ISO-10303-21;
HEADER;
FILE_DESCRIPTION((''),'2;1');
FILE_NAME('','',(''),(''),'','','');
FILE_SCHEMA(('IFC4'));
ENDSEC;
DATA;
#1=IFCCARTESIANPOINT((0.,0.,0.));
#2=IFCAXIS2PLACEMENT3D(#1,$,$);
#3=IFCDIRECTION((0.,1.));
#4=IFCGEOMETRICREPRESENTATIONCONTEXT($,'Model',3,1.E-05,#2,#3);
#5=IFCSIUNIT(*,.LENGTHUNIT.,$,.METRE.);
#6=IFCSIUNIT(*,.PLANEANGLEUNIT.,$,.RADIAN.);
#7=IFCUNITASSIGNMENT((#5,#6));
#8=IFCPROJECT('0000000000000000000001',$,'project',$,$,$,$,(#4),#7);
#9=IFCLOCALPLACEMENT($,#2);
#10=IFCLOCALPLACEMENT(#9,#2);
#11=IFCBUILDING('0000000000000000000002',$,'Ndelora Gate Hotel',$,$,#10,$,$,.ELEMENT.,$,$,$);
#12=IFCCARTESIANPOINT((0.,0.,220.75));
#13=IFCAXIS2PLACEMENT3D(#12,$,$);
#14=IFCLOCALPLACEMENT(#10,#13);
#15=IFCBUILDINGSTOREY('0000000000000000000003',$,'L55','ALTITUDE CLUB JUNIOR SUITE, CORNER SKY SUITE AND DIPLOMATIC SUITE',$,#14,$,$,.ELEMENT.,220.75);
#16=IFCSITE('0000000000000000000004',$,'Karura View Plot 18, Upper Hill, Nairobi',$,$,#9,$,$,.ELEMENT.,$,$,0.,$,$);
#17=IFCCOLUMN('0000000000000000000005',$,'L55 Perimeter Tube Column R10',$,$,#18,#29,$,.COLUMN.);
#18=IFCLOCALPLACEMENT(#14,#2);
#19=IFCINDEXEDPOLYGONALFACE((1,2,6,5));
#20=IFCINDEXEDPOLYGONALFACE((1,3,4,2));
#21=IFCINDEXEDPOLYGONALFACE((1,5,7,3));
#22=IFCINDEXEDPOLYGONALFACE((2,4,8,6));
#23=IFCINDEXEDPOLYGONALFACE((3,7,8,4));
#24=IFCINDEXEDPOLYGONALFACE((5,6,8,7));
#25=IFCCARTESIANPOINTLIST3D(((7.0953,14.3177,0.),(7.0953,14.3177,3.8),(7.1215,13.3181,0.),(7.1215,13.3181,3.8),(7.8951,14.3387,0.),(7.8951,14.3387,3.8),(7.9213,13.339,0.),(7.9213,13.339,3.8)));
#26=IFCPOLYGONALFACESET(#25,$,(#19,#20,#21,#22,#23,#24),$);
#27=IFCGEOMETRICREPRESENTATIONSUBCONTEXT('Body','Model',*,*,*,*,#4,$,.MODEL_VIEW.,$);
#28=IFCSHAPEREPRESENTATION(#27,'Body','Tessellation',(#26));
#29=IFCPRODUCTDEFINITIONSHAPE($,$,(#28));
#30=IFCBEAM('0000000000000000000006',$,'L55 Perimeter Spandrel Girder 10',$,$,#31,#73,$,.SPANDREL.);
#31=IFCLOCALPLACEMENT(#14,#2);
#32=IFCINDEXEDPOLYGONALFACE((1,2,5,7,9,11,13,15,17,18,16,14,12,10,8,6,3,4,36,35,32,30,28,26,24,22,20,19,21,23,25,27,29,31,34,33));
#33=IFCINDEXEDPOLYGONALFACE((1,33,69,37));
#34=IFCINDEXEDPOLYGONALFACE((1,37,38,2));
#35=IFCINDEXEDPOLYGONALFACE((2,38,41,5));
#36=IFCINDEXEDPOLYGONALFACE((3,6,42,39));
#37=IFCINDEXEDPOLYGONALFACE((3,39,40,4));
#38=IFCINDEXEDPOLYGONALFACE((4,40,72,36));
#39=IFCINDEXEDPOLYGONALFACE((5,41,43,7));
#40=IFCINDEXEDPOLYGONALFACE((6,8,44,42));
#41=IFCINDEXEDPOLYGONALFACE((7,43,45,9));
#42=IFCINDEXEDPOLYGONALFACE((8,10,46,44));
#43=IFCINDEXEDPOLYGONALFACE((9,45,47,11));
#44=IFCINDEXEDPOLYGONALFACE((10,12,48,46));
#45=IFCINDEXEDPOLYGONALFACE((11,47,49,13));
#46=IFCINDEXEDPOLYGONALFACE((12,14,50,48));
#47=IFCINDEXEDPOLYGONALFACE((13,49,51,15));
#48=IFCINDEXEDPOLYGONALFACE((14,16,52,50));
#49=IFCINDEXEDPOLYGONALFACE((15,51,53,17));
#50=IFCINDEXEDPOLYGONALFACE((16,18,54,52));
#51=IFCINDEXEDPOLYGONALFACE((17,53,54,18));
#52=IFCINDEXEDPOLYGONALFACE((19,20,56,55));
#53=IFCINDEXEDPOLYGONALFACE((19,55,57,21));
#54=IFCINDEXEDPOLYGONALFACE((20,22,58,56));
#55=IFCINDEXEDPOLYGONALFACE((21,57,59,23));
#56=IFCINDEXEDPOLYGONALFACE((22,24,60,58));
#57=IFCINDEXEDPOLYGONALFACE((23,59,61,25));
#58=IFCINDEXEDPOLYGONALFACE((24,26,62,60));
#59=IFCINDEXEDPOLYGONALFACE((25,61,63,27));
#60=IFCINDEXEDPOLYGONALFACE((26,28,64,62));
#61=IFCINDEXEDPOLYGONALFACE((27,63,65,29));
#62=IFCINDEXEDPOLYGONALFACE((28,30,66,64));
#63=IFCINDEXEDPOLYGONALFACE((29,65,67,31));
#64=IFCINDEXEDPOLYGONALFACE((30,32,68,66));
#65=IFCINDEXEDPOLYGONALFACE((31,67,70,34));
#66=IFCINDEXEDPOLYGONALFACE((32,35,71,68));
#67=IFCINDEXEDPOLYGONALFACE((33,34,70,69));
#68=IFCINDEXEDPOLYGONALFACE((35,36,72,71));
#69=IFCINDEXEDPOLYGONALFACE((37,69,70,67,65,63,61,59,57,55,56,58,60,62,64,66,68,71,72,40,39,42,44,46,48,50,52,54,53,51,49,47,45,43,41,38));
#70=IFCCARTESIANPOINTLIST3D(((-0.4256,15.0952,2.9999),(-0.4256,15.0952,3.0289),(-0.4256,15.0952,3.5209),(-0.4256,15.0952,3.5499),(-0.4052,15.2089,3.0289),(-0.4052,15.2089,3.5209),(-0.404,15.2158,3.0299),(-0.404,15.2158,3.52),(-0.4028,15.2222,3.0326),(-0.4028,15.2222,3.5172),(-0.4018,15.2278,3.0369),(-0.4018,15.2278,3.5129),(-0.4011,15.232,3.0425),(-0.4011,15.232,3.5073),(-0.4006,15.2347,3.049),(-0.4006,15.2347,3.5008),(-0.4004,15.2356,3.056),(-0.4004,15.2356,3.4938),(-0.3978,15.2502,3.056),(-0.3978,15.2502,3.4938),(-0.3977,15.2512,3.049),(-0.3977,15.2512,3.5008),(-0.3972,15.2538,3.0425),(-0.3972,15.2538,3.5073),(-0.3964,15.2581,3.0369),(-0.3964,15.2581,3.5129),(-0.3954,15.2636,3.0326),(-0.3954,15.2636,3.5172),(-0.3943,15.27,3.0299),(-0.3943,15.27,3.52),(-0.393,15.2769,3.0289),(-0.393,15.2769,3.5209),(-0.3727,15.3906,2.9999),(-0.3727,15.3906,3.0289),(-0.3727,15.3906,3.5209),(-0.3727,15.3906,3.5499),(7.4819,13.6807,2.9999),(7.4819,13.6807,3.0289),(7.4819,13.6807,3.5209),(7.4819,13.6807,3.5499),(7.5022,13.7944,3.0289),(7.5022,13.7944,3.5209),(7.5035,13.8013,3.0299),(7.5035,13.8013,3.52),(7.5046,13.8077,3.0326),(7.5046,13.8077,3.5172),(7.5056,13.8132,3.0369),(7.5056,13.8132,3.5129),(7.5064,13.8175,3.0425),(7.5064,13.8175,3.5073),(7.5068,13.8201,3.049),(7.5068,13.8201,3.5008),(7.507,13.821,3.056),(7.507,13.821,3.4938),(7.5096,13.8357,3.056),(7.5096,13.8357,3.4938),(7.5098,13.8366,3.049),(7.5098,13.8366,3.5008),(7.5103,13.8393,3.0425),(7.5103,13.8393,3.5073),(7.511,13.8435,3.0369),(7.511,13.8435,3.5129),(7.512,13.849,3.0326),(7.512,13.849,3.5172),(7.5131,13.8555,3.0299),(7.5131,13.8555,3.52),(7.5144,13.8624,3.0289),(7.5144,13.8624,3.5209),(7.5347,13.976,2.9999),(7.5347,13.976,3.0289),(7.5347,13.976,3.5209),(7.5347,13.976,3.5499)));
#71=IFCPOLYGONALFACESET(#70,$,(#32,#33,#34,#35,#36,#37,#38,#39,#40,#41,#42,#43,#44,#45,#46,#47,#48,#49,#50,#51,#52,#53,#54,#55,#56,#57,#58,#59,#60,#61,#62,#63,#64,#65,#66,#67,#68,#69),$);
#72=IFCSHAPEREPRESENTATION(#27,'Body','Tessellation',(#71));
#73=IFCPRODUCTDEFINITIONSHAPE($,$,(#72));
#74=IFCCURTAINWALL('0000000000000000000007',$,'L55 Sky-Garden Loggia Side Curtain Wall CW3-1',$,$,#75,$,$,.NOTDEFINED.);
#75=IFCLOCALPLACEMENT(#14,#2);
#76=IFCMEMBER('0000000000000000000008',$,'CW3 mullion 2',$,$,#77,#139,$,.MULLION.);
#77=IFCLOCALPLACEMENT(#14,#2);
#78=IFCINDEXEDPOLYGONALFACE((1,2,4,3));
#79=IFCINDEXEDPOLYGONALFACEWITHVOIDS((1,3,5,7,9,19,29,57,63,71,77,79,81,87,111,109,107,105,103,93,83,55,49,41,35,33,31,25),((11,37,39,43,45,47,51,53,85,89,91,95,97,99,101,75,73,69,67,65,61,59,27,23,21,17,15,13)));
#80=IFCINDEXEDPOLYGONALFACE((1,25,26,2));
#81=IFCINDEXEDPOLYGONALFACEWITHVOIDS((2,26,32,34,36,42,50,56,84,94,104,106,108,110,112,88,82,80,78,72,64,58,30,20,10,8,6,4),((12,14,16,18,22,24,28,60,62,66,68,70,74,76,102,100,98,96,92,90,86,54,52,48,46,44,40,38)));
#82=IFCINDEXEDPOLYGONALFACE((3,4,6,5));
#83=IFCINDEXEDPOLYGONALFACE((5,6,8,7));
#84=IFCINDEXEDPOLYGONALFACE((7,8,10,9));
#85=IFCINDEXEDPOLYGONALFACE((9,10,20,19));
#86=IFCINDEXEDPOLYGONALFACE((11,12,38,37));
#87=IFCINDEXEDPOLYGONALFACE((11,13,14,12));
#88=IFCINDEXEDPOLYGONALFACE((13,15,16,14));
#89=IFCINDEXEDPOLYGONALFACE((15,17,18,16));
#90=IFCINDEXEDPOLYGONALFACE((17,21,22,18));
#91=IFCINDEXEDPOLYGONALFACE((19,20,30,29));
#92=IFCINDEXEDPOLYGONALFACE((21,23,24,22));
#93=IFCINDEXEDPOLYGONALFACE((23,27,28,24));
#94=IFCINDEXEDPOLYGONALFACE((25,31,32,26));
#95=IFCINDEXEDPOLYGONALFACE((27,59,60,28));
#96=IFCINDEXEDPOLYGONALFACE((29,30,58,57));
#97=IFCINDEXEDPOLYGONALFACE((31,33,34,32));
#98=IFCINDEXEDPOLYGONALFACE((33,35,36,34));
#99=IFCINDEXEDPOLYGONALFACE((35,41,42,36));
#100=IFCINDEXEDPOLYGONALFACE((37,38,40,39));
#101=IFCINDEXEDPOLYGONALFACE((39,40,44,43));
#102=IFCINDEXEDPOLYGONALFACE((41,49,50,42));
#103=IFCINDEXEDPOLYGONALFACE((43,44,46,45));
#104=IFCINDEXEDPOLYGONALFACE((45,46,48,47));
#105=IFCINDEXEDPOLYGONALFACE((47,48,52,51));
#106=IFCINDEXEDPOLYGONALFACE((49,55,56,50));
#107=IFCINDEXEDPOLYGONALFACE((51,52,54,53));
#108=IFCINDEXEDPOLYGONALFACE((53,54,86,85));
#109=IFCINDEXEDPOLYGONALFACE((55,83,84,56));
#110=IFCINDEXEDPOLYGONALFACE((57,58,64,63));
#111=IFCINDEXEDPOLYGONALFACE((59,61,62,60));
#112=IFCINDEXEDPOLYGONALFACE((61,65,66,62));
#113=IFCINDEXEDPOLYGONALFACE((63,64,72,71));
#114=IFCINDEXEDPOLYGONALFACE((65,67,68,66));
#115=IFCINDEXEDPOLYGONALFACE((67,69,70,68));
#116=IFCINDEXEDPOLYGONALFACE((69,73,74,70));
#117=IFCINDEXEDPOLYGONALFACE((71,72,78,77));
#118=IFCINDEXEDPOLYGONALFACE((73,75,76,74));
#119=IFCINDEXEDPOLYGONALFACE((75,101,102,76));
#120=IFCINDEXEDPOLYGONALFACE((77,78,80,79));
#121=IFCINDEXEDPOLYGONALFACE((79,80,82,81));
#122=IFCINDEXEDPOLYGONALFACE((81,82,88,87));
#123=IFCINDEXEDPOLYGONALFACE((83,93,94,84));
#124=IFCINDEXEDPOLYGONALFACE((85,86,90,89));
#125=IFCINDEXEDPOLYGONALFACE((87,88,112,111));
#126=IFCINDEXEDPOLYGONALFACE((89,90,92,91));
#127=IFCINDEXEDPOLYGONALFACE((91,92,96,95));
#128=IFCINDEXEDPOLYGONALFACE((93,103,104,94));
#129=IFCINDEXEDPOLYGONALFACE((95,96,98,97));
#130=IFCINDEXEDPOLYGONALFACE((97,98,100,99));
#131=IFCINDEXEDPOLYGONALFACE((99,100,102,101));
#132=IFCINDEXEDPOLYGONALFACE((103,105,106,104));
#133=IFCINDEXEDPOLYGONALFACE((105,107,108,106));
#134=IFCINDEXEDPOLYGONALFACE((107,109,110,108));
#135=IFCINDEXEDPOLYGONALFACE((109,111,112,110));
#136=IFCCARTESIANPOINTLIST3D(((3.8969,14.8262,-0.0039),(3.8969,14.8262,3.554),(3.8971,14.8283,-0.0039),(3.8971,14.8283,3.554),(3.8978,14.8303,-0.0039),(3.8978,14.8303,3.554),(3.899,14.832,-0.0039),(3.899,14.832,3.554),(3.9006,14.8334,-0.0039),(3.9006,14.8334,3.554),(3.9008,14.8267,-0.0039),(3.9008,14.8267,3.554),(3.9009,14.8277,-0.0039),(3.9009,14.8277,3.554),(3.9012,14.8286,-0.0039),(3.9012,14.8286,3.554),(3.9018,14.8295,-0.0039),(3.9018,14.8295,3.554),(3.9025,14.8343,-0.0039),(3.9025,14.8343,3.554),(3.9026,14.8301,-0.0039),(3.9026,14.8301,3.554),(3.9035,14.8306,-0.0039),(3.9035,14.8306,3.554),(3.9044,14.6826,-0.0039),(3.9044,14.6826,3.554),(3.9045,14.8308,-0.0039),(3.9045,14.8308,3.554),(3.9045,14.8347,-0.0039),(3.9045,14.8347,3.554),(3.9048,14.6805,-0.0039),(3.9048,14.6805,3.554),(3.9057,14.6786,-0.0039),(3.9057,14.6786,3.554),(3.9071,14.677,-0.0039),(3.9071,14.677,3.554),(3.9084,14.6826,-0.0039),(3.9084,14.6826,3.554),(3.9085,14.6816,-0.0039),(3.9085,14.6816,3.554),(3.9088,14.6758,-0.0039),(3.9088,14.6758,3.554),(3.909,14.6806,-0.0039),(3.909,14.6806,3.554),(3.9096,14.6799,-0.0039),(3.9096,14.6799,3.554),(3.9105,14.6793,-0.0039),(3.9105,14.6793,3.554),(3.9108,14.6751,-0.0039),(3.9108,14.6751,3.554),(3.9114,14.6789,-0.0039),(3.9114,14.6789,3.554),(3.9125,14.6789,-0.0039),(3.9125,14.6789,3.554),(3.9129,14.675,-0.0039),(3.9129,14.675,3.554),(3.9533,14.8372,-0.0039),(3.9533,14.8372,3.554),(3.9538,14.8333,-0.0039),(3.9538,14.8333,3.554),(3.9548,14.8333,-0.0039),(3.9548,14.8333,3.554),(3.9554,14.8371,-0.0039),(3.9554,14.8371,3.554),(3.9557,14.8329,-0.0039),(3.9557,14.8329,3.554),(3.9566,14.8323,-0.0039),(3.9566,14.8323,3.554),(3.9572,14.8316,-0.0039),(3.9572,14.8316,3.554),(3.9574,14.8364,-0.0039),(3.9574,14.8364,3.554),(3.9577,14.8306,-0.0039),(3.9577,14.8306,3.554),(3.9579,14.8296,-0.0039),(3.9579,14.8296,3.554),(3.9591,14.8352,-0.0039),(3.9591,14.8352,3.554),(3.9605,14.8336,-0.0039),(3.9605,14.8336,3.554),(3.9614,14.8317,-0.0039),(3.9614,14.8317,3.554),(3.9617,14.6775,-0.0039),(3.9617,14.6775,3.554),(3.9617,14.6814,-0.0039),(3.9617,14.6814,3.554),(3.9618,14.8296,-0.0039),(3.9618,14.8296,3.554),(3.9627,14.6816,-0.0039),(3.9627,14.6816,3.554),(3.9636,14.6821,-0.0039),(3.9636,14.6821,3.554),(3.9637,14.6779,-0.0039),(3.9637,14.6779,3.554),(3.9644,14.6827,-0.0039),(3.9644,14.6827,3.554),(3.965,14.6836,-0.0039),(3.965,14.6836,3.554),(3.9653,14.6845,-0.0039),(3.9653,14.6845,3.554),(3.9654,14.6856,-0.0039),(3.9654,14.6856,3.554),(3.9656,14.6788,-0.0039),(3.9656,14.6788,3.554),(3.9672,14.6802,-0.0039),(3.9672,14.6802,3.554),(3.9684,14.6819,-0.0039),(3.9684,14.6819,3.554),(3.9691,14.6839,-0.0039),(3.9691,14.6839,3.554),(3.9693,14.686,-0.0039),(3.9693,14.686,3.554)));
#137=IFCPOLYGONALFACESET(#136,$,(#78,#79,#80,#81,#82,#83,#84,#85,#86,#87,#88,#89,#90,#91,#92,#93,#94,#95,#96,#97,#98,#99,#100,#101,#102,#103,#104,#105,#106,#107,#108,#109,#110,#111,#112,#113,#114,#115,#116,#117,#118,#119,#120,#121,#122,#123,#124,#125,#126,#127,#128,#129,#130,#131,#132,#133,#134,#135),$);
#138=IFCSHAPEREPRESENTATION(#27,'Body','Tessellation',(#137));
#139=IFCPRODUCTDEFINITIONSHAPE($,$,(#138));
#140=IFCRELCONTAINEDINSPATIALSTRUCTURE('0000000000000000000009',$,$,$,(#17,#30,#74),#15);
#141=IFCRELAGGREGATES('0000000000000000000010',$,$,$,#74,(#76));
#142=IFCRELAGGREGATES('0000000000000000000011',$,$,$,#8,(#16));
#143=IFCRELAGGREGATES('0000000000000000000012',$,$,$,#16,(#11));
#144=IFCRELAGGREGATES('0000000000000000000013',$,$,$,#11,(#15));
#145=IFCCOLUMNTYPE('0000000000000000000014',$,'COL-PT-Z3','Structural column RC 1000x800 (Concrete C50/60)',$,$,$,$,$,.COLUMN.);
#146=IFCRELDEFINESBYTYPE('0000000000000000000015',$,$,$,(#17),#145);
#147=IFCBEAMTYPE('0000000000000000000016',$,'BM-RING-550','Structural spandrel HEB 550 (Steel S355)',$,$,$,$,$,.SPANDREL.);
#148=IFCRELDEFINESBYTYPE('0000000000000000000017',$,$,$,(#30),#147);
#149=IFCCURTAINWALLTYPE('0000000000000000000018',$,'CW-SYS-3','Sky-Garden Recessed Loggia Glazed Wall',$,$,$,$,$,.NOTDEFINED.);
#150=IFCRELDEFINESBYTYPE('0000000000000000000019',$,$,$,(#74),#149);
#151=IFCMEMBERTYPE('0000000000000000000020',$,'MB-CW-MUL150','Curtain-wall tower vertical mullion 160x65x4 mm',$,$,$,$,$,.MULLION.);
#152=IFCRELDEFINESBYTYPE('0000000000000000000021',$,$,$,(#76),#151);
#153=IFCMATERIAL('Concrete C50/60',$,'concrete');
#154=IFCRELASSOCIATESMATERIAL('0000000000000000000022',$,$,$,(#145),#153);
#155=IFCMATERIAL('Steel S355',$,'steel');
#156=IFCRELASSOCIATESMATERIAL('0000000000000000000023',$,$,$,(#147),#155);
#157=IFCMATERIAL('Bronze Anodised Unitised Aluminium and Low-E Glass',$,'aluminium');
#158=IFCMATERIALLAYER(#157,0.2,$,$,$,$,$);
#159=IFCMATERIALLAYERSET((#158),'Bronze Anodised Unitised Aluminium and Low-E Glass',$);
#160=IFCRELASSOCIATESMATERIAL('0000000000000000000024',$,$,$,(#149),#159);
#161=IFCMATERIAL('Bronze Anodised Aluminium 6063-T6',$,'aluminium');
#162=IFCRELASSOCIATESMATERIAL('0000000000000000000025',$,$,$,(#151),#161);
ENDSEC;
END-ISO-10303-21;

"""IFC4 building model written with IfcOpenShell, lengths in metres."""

from ifc_helpers import new_model, si_unit, direction, frame, origin, origin_2d, place, context, subcontext, project, spatial, rectangle, hollow_rectangle, i_section, extrude, material, layer, layer_set, material_profile, profile_set, type_object, element, aggregate, save


model = new_model("IFC4")

# Units and contexts
model_context = context("Model", 3, precision=1e-05, world=origin(), true_north=direction((0.0, 1.0)))
body_context = subcontext(model_context, "Body", "Model", "MODEL_VIEW")
ifc_project = project(units=[si_unit("LENGTHUNIT", "METRE"), si_unit("PLANEANGLEUNIT", "RADIAN")], contexts=[model_context])

# Site, building, storey
site_placement = place(None, origin())
site = spatial("IfcSite", under=ifc_project, at=site_placement, Name="Karura View Plot 18, Upper Hill, Nairobi", CompositionType="ELEMENT", RefElevation=0.0)
building_placement = place(site_placement, origin())
building = spatial("IfcBuilding", under=site, at=building_placement, Name="Ndelora Gate Hotel", CompositionType="ELEMENT")
storey_placement = place(building_placement, frame((0.0, 0.0, 220.75)))
storey = spatial("IfcBuildingStorey", under=building, at=storey_placement, Name="L55", Description="ALTITUDE CLUB JUNIOR SUITE, CORNER SKY SUITE AND DIPLOMATIC SUITE", CompositionType="ELEMENT", Elevation=220.75)

# Column
ifc_material_1 = material(Name="Concrete C50/60", Category="concrete")
ifc_material_profile_1 = material_profile(ifc_material_1, rectangle(XDim=0.8, YDim=1.0, at=origin_2d()), Name="RC 1000x800")
ifc_profile_set_1 = profile_set([ifc_material_profile_1], Name="Concrete C50/60")
column_type = type_object("IfcColumnType", Name="COL-PT-Z3", Description="Structural column RC 1000x800 (Concrete C50/60)", PredefinedType="COLUMN", material=ifc_profile_set_1)
column_placement = place(storey_placement, frame((7.5083, 13.8284, 0.0), z_axis=(0.0, 0.0, 1.0), x_axis=(0.999657, 0.026177, 0.0)))
element("IfcColumn", 1, at=column_placement, inside=storey, type_object=column_type, Name="L55 Perimeter Tube Column R10", PredefinedType="COLUMN", context=body_context, shape_type="SweptSolid", body=[
    extrude(rectangle(XDim=0.8, YDim=1.0, at=origin_2d()), origin(), (0.0, 0.0, 1.0), 3.8),
])

# Beam
ifc_material_2 = material(Name="Steel S355", Category="steel")
ifc_material_profile_2 = material_profile(ifc_material_2, i_section(OverallWidth=0.3, OverallDepth=0.55, WebThickness=0.0149, FlangeThickness=0.0291, FilletRadius=0.0271, at=origin_2d()), Name="HEB 550")
ifc_profile_set_2 = profile_set([ifc_material_profile_2], Name="Steel S355")
beam_type = type_object("IfcBeamType", Name="BM-RING-550", Description="Structural spandrel HEB 550 (Steel S355)", PredefinedType="SPANDREL", material=ifc_profile_set_2)
beam_placement = place(storey_placement, frame((7.5083, 13.8284, 3.2749), z_axis=(-0.984374, 0.176093, 0.0), x_axis=(-0.176093, -0.984374, 0.0)))
element("IfcBeam", 2, at=beam_placement, inside=storey, type_object=beam_type, Name="L55 Perimeter Spandrel Girder 10", PredefinedType="SPANDREL", context=body_context, shape_type="SweptSolid", body=[
    extrude(i_section(OverallWidth=0.3, OverallDepth=0.55, WebThickness=0.0149, FlangeThickness=0.0291, FilletRadius=0.0271, at=origin_2d()), origin(), (0.0, 0.0, 1.0), 8.033),
])

# Curtain wall, member
ifc_material_3 = material(Name="Bronze Anodised Unitised Aluminium and Low-E Glass", Category="aluminium")
ifc_layer_1 = layer(ifc_material_3, 0.2)
ifc_layer_set_1 = layer_set([ifc_layer_1], Name="Bronze Anodised Unitised Aluminium and Low-E Glass")
curtain_wall_type = type_object("IfcCurtainWallType", Name="CW-SYS-3", Description="Sky-Garden Recessed Loggia Glazed Wall", PredefinedType="NOTDEFINED", material=ifc_layer_set_1)
curtain_wall_placement = place(storey_placement, origin())
curtain_wall = element("IfcCurtainWall", 3, at=curtain_wall_placement, inside=storey, type_object=curtain_wall_type, Name="L55 Sky-Garden Loggia Side Curtain Wall CW3-1", PredefinedType="NOTDEFINED")
ifc_material_4 = material(Name="Bronze Anodised Aluminium 6063-T6", Category="aluminium")
ifc_material_profile_3 = material_profile(ifc_material_4, hollow_rectangle(XDim=0.0649, YDim=0.1599, WallThickness=0.0039, InnerFilletRadius=0.0039, OuterFilletRadius=0.0081, at=origin_2d()), Name="ALU 160x65x4")
ifc_profile_set_3 = profile_set([ifc_material_profile_3], Name="Bronze Anodised Aluminium 6063-T6")
member_type_1 = type_object("IfcMemberType", Name="MB-CW-MUL150", Description="Curtain-wall tower vertical mullion 160x65x4 mm", PredefinedType="MULLION", material=ifc_profile_set_3)
member_1_placement = place(storey_placement, frame((3.9331, 14.7561, -0.0039), z_axis=(0.0, 0.0, 1.0), x_axis=(-0.99863, -0.052318, 0.0)))
member_1 = element("IfcMember", 4, at=member_1_placement, type_object=member_type_1, Name="CW3 mullion 2", PredefinedType="MULLION", context=body_context, shape_type="SweptSolid", body=[
    extrude(hollow_rectangle(XDim=0.0649, YDim=0.1599, WallThickness=0.0039, InnerFilletRadius=0.0039, OuterFilletRadius=0.0081, at=origin_2d()), origin(), (0.0, 0.0, 1.0), 3.5579),
])

aggregate(curtain_wall, [member_1])

save(model, "model.ifc")
